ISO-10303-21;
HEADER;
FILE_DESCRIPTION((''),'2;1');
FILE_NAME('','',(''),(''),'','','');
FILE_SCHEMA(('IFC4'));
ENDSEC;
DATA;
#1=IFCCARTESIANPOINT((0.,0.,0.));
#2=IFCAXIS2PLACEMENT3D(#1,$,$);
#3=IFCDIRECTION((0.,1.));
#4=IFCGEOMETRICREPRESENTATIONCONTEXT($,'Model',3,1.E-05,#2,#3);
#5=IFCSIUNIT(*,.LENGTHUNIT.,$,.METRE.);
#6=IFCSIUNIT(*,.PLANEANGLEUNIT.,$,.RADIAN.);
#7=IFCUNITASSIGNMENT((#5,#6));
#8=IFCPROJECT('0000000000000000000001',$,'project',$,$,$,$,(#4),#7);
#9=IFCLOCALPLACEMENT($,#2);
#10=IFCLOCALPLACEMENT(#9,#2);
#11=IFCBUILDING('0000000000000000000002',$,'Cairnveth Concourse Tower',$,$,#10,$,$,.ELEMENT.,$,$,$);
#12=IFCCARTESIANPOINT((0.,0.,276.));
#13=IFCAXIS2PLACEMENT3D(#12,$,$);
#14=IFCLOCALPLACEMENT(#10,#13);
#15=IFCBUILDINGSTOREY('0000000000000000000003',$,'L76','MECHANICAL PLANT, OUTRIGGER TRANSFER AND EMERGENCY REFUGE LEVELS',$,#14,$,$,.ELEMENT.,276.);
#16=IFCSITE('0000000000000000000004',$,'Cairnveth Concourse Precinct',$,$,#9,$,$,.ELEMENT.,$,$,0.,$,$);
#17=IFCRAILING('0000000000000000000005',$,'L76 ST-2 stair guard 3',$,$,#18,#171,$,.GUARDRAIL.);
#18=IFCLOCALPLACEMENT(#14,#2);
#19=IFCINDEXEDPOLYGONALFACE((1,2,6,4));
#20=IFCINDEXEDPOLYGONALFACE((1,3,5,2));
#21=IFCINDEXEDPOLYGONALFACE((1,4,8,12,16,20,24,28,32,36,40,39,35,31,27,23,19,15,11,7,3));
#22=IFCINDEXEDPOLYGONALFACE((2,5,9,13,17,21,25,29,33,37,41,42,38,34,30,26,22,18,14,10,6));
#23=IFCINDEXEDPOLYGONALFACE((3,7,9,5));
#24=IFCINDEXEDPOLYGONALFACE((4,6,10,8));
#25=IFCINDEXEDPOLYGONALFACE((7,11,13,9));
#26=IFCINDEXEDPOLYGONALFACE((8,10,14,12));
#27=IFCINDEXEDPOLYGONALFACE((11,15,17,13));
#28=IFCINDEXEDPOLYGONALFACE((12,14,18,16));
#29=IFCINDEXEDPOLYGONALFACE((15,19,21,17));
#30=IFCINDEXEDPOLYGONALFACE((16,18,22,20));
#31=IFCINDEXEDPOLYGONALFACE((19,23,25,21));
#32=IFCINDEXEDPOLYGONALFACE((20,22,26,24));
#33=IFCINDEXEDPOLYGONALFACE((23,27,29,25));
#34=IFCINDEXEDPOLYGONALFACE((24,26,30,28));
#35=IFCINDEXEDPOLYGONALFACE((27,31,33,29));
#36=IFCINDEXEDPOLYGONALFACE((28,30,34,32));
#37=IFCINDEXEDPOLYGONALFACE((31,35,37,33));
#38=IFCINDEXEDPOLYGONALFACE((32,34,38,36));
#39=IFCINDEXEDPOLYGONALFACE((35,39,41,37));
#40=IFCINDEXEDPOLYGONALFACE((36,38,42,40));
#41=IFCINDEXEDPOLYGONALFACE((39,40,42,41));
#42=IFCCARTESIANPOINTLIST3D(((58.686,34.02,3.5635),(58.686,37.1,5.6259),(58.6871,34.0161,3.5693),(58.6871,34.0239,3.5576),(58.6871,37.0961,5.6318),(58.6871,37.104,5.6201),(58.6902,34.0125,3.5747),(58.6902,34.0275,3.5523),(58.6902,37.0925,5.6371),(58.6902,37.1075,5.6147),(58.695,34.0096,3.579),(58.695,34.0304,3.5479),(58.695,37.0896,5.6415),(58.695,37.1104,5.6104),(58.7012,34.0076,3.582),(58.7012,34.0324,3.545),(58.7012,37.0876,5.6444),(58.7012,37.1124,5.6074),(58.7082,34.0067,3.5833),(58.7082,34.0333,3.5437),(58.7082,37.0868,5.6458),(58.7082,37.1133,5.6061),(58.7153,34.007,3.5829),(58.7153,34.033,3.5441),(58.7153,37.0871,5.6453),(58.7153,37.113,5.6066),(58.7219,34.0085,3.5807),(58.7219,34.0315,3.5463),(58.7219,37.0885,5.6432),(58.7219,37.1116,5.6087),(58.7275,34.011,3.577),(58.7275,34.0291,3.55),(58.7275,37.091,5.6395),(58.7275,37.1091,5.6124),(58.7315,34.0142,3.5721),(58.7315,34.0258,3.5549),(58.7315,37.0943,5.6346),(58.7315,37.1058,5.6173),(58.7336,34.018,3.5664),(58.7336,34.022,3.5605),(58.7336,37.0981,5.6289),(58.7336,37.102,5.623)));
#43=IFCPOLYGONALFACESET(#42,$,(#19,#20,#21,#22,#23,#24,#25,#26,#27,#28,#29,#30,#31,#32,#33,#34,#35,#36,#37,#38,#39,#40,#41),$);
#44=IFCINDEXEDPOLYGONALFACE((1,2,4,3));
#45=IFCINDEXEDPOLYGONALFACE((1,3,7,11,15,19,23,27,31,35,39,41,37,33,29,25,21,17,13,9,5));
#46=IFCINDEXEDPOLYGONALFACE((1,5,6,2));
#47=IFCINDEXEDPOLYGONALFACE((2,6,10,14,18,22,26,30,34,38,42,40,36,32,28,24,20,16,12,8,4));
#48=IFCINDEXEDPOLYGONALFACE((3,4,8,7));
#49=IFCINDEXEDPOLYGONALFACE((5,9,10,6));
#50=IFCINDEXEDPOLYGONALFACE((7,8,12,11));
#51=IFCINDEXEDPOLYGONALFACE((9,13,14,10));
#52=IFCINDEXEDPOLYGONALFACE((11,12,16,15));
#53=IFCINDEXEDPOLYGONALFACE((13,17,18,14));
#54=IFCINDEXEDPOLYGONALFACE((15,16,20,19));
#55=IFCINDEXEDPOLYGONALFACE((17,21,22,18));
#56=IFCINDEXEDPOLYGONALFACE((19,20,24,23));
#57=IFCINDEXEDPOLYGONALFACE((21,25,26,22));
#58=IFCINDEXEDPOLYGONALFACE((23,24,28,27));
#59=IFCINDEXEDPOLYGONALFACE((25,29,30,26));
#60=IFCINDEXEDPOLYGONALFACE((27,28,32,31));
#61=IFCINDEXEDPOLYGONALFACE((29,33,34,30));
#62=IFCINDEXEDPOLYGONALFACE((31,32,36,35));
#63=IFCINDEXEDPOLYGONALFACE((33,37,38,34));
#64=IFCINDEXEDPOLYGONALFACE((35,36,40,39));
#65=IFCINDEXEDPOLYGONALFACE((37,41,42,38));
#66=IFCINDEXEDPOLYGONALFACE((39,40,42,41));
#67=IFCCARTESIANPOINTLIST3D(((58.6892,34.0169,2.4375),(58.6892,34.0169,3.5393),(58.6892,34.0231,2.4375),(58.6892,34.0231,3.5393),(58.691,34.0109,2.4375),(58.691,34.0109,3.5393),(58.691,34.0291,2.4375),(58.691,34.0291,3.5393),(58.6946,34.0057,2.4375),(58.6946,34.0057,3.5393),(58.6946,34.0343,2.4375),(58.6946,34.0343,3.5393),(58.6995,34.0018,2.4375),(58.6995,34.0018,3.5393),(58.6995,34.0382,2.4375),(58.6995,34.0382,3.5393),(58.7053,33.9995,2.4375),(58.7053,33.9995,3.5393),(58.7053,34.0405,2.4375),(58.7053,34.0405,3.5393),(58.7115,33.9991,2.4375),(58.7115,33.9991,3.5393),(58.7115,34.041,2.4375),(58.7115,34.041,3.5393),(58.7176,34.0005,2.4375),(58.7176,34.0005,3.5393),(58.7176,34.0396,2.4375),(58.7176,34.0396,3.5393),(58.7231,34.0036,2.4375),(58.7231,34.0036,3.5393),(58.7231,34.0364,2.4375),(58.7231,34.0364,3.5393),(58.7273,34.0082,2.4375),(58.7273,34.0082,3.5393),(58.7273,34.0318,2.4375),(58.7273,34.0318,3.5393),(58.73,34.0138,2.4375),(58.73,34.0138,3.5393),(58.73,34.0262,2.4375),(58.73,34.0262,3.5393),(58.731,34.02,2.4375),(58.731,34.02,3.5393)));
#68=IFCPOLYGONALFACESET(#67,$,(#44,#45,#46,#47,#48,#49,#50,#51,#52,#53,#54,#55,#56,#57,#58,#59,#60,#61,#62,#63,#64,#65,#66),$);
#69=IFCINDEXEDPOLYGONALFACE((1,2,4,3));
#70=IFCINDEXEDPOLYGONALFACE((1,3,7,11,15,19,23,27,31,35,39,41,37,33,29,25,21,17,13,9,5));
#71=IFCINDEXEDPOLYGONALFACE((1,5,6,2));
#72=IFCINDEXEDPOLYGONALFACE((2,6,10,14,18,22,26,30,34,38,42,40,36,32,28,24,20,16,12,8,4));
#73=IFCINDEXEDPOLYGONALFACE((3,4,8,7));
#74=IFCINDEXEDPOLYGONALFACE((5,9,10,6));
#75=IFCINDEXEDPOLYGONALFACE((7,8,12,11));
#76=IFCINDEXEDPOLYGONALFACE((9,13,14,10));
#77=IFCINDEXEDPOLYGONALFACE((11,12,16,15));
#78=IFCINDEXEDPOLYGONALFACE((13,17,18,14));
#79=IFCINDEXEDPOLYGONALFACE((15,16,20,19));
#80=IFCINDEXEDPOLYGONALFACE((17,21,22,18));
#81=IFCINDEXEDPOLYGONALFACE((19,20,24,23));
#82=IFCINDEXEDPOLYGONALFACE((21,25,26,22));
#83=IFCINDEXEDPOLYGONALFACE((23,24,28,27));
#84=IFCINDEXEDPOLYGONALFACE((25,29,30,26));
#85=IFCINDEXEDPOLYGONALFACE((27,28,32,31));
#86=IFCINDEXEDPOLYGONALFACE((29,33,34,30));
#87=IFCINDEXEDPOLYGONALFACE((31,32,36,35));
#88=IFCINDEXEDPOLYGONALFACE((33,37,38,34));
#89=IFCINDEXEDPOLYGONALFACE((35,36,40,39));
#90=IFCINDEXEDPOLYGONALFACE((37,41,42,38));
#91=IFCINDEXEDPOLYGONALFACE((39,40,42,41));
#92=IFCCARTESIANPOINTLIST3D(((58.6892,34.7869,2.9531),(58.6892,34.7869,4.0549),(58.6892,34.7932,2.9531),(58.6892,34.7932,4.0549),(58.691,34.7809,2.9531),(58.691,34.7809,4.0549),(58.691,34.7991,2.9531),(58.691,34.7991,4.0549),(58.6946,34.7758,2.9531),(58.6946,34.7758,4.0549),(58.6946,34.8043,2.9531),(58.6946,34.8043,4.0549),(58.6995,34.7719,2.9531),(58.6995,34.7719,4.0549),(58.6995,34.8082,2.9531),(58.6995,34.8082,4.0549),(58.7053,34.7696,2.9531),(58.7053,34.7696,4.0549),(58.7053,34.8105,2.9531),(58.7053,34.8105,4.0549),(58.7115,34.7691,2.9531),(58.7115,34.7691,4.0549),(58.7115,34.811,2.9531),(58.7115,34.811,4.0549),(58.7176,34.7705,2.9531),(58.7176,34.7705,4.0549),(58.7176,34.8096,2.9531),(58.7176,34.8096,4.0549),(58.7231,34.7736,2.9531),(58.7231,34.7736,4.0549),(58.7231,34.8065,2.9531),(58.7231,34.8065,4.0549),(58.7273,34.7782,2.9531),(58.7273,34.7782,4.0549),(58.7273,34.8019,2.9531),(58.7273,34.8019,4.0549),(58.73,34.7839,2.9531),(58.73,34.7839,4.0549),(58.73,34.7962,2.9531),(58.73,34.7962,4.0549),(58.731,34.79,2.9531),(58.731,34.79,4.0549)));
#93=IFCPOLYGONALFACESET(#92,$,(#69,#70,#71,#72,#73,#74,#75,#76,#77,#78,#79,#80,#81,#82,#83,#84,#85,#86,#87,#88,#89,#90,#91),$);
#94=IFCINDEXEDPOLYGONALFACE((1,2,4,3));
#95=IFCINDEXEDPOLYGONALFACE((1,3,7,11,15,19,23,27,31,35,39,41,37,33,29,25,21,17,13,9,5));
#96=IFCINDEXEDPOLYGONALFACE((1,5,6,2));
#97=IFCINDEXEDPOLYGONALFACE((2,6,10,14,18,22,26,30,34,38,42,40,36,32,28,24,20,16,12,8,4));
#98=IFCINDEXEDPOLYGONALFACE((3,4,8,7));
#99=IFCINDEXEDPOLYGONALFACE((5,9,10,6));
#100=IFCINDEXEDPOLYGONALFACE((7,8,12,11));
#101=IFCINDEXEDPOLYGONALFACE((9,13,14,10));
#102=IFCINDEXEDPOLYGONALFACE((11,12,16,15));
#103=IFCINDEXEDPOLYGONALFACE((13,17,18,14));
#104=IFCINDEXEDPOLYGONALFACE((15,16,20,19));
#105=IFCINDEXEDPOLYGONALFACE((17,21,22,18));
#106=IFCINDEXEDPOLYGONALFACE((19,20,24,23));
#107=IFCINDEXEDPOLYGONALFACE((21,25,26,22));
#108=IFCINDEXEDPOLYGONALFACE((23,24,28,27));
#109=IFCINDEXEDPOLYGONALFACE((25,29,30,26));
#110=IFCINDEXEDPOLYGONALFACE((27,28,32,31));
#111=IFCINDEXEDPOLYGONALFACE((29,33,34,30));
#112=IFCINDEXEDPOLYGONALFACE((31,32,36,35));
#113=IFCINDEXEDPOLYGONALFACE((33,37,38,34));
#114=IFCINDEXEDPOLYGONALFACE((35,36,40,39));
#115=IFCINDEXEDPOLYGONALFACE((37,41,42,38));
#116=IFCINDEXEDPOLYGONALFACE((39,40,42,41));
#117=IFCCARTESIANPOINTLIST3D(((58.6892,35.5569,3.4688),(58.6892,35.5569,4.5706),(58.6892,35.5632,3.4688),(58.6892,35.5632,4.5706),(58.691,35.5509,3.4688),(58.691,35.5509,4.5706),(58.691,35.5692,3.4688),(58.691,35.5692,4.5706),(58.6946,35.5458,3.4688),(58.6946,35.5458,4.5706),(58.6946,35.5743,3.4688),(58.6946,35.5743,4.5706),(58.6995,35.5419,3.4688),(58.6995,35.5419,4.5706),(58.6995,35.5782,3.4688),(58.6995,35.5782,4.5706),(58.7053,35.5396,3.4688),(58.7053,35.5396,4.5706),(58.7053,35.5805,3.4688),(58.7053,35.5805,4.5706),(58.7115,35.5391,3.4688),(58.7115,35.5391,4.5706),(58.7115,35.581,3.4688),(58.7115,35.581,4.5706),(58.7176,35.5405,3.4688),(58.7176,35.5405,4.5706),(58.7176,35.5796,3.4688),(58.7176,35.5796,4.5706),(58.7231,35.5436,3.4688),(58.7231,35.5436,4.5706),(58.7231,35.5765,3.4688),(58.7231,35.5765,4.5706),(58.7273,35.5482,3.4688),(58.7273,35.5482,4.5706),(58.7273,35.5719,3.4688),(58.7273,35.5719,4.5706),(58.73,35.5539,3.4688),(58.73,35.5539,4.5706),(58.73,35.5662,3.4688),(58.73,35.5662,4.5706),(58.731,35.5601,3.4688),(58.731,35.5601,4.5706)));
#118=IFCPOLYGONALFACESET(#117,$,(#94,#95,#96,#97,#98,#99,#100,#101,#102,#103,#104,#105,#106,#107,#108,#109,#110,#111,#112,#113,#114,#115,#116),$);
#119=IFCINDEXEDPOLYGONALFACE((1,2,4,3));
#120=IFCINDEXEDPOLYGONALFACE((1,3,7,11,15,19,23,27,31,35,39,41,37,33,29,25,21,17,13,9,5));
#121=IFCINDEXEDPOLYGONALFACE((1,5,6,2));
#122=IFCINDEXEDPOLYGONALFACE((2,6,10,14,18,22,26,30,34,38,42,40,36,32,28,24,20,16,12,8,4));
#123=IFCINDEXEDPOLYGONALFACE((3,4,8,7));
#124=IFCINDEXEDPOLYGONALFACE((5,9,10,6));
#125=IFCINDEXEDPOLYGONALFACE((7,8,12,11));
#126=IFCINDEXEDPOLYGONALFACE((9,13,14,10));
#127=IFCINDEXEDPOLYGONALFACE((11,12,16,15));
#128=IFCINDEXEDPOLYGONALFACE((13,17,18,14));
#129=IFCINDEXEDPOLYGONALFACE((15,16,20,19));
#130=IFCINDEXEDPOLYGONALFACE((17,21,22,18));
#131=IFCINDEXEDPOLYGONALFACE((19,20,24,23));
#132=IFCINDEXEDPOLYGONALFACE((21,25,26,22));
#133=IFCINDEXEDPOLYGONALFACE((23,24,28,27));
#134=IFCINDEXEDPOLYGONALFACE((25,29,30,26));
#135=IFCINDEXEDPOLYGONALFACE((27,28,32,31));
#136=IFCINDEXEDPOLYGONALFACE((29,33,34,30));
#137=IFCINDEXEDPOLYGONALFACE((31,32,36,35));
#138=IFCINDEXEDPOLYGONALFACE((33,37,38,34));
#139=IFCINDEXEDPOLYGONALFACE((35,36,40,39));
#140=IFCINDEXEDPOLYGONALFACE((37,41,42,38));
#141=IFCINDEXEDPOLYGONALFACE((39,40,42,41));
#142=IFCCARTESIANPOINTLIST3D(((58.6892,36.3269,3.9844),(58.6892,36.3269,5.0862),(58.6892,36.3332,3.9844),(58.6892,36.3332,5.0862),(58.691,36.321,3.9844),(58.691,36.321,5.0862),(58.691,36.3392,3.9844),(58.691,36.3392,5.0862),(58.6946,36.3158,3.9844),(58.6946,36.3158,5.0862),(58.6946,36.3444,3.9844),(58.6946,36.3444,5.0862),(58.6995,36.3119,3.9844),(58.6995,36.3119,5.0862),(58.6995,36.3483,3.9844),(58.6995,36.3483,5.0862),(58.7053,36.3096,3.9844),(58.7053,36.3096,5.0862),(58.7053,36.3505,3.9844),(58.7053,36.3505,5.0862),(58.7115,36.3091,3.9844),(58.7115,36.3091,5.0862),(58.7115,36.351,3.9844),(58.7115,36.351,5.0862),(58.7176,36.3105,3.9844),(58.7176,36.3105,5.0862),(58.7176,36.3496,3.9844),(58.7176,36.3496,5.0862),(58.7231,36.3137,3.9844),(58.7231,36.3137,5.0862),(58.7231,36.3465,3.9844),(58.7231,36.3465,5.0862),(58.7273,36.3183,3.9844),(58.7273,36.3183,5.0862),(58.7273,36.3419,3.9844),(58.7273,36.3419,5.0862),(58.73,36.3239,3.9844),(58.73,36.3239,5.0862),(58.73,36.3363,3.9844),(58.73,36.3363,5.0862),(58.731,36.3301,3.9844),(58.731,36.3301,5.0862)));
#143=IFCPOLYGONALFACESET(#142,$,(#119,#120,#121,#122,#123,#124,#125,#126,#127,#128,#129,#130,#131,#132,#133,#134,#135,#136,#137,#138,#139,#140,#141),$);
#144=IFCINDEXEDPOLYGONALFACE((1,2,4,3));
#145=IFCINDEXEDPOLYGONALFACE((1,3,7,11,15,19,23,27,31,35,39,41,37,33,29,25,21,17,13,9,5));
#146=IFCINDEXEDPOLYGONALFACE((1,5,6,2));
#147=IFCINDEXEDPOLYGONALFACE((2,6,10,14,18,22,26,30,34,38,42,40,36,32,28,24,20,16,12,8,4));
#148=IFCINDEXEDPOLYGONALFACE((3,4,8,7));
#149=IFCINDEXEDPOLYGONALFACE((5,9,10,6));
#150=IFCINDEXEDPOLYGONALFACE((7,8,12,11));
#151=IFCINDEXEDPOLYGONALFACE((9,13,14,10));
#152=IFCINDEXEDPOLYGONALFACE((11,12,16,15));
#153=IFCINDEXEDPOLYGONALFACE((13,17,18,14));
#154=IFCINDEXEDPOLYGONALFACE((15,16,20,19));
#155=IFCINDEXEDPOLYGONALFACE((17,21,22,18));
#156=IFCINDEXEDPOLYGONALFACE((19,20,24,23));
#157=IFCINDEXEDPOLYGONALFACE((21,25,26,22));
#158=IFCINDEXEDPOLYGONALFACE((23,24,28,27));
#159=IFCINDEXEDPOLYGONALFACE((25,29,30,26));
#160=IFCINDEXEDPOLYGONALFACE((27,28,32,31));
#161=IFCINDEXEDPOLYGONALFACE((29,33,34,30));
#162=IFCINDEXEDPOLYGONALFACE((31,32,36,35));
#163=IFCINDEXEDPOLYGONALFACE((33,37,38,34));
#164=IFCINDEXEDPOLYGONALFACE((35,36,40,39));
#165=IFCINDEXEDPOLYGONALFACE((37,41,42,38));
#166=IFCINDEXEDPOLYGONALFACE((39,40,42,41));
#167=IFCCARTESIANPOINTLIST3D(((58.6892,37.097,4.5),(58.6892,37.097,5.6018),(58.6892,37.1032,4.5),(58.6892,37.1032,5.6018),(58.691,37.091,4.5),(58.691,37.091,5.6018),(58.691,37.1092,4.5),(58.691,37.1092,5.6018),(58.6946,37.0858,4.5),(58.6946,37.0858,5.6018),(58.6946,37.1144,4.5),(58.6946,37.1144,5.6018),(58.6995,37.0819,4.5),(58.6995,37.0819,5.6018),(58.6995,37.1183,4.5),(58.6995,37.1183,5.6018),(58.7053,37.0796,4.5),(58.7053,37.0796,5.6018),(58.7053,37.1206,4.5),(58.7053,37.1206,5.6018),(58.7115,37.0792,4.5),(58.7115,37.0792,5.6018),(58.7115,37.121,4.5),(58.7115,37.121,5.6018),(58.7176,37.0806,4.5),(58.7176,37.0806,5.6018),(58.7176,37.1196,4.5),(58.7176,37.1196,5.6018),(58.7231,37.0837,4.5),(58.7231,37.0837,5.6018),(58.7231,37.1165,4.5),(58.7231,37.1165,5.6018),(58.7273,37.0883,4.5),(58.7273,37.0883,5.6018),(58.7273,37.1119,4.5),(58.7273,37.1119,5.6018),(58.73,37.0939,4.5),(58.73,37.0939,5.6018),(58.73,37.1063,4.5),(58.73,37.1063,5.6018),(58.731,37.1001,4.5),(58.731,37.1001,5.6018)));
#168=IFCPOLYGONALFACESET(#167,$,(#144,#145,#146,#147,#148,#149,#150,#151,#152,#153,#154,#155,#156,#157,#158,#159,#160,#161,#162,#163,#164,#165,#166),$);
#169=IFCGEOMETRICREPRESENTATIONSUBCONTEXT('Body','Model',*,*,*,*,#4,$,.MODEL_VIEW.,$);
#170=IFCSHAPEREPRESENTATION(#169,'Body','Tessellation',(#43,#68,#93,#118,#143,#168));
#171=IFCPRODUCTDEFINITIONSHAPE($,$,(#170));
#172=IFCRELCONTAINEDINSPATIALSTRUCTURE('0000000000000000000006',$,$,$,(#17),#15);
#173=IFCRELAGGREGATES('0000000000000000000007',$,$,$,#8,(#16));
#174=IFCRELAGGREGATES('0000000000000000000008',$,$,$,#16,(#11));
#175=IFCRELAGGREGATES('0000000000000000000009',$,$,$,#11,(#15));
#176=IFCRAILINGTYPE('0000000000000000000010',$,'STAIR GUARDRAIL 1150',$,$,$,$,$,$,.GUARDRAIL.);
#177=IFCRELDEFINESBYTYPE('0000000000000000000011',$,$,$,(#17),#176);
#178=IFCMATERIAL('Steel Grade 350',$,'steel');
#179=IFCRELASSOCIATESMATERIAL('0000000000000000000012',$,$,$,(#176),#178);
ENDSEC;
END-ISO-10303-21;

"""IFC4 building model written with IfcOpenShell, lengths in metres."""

from ifc_helpers import new_model, si_unit, direction, frame, origin, origin_2d, place, context, subcontext, project, spatial, circle, extrude, material, type_object, element, save


model = new_model("IFC4")

# Units and contexts
model_context = context("Model", 3, precision=1e-05, world=origin(), true_north=direction((0.0, 1.0)))
body_context = subcontext(model_context, "Body", "Model", "MODEL_VIEW")
ifc_project = project(units=[si_unit("LENGTHUNIT", "METRE"), si_unit("PLANEANGLEUNIT", "RADIAN")], contexts=[model_context])

# Site, building, storey
site_placement = place(None, origin())
site = spatial("IfcSite", under=ifc_project, at=site_placement, Name="Cairnveth Concourse Precinct", CompositionType="ELEMENT", RefElevation=0.0)
building_placement = place(site_placement, origin())
building = spatial("IfcBuilding", under=site, at=building_placement, Name="Cairnveth Concourse Tower", CompositionType="ELEMENT")
storey_placement = place(building_placement, frame((0.0, 0.0, 276.0)))
storey = spatial("IfcBuildingStorey", under=building, at=storey_placement, Name="L76", Description="MECHANICAL PLANT, OUTRIGGER TRANSFER AND EMERGENCY REFUGE LEVELS", CompositionType="ELEMENT", Elevation=276.0)

# Shared definitions
ifc_material_1 = material(Name="Steel Grade 350", Category="steel")

# Railing
railing_type_1 = type_object("IfcRailingType", Name="STAIR GUARDRAIL 1150", PredefinedType="GUARDRAIL", material=ifc_material_1)
railing_1_placement = place(storey_placement, frame((58.71, 34.02, 2.4375)))
element("IfcRailing", 1, at=railing_1_placement, inside=storey, type_object=railing_type_1, Name="L76 ST-2 stair guard 3", PredefinedType="GUARDRAIL", context=body_context, shape_type="SweptSolid", body=[
    extrude(circle(Radius=0.0239, at=origin_2d()), frame((0.0, 0.0, 1.126), z_axis=(0.0, 0.830914, 0.556401), x_axis=(-1.0, 0.0, 0.0)), (0.0, 0.0, 1.0), 3.7068),
    extrude(circle(Radius=0.021, at=origin_2d()), origin(), (0.0, 0.0, 1.0), 1.1018),
    extrude(circle(Radius=0.021, at=origin_2d()), frame((0.0, 0.77, 0.5156)), (0.0, 0.0, 1.0), 1.1018),
    extrude(circle(Radius=0.021, at=origin_2d()), frame((0.0, 1.54, 1.0312)), (0.0, 0.0, 1.0), 1.1018),
    extrude(circle(Radius=0.021, at=origin_2d()), frame((0.0, 2.3101, 1.5469)), (0.0, 0.0, 1.0), 1.1018),
    extrude(circle(Radius=0.021, at=origin_2d()), frame((0.0, 3.0801, 2.0625)), (0.0, 0.0, 1.0), 1.1018),
])

save(model, "model.ifc")
